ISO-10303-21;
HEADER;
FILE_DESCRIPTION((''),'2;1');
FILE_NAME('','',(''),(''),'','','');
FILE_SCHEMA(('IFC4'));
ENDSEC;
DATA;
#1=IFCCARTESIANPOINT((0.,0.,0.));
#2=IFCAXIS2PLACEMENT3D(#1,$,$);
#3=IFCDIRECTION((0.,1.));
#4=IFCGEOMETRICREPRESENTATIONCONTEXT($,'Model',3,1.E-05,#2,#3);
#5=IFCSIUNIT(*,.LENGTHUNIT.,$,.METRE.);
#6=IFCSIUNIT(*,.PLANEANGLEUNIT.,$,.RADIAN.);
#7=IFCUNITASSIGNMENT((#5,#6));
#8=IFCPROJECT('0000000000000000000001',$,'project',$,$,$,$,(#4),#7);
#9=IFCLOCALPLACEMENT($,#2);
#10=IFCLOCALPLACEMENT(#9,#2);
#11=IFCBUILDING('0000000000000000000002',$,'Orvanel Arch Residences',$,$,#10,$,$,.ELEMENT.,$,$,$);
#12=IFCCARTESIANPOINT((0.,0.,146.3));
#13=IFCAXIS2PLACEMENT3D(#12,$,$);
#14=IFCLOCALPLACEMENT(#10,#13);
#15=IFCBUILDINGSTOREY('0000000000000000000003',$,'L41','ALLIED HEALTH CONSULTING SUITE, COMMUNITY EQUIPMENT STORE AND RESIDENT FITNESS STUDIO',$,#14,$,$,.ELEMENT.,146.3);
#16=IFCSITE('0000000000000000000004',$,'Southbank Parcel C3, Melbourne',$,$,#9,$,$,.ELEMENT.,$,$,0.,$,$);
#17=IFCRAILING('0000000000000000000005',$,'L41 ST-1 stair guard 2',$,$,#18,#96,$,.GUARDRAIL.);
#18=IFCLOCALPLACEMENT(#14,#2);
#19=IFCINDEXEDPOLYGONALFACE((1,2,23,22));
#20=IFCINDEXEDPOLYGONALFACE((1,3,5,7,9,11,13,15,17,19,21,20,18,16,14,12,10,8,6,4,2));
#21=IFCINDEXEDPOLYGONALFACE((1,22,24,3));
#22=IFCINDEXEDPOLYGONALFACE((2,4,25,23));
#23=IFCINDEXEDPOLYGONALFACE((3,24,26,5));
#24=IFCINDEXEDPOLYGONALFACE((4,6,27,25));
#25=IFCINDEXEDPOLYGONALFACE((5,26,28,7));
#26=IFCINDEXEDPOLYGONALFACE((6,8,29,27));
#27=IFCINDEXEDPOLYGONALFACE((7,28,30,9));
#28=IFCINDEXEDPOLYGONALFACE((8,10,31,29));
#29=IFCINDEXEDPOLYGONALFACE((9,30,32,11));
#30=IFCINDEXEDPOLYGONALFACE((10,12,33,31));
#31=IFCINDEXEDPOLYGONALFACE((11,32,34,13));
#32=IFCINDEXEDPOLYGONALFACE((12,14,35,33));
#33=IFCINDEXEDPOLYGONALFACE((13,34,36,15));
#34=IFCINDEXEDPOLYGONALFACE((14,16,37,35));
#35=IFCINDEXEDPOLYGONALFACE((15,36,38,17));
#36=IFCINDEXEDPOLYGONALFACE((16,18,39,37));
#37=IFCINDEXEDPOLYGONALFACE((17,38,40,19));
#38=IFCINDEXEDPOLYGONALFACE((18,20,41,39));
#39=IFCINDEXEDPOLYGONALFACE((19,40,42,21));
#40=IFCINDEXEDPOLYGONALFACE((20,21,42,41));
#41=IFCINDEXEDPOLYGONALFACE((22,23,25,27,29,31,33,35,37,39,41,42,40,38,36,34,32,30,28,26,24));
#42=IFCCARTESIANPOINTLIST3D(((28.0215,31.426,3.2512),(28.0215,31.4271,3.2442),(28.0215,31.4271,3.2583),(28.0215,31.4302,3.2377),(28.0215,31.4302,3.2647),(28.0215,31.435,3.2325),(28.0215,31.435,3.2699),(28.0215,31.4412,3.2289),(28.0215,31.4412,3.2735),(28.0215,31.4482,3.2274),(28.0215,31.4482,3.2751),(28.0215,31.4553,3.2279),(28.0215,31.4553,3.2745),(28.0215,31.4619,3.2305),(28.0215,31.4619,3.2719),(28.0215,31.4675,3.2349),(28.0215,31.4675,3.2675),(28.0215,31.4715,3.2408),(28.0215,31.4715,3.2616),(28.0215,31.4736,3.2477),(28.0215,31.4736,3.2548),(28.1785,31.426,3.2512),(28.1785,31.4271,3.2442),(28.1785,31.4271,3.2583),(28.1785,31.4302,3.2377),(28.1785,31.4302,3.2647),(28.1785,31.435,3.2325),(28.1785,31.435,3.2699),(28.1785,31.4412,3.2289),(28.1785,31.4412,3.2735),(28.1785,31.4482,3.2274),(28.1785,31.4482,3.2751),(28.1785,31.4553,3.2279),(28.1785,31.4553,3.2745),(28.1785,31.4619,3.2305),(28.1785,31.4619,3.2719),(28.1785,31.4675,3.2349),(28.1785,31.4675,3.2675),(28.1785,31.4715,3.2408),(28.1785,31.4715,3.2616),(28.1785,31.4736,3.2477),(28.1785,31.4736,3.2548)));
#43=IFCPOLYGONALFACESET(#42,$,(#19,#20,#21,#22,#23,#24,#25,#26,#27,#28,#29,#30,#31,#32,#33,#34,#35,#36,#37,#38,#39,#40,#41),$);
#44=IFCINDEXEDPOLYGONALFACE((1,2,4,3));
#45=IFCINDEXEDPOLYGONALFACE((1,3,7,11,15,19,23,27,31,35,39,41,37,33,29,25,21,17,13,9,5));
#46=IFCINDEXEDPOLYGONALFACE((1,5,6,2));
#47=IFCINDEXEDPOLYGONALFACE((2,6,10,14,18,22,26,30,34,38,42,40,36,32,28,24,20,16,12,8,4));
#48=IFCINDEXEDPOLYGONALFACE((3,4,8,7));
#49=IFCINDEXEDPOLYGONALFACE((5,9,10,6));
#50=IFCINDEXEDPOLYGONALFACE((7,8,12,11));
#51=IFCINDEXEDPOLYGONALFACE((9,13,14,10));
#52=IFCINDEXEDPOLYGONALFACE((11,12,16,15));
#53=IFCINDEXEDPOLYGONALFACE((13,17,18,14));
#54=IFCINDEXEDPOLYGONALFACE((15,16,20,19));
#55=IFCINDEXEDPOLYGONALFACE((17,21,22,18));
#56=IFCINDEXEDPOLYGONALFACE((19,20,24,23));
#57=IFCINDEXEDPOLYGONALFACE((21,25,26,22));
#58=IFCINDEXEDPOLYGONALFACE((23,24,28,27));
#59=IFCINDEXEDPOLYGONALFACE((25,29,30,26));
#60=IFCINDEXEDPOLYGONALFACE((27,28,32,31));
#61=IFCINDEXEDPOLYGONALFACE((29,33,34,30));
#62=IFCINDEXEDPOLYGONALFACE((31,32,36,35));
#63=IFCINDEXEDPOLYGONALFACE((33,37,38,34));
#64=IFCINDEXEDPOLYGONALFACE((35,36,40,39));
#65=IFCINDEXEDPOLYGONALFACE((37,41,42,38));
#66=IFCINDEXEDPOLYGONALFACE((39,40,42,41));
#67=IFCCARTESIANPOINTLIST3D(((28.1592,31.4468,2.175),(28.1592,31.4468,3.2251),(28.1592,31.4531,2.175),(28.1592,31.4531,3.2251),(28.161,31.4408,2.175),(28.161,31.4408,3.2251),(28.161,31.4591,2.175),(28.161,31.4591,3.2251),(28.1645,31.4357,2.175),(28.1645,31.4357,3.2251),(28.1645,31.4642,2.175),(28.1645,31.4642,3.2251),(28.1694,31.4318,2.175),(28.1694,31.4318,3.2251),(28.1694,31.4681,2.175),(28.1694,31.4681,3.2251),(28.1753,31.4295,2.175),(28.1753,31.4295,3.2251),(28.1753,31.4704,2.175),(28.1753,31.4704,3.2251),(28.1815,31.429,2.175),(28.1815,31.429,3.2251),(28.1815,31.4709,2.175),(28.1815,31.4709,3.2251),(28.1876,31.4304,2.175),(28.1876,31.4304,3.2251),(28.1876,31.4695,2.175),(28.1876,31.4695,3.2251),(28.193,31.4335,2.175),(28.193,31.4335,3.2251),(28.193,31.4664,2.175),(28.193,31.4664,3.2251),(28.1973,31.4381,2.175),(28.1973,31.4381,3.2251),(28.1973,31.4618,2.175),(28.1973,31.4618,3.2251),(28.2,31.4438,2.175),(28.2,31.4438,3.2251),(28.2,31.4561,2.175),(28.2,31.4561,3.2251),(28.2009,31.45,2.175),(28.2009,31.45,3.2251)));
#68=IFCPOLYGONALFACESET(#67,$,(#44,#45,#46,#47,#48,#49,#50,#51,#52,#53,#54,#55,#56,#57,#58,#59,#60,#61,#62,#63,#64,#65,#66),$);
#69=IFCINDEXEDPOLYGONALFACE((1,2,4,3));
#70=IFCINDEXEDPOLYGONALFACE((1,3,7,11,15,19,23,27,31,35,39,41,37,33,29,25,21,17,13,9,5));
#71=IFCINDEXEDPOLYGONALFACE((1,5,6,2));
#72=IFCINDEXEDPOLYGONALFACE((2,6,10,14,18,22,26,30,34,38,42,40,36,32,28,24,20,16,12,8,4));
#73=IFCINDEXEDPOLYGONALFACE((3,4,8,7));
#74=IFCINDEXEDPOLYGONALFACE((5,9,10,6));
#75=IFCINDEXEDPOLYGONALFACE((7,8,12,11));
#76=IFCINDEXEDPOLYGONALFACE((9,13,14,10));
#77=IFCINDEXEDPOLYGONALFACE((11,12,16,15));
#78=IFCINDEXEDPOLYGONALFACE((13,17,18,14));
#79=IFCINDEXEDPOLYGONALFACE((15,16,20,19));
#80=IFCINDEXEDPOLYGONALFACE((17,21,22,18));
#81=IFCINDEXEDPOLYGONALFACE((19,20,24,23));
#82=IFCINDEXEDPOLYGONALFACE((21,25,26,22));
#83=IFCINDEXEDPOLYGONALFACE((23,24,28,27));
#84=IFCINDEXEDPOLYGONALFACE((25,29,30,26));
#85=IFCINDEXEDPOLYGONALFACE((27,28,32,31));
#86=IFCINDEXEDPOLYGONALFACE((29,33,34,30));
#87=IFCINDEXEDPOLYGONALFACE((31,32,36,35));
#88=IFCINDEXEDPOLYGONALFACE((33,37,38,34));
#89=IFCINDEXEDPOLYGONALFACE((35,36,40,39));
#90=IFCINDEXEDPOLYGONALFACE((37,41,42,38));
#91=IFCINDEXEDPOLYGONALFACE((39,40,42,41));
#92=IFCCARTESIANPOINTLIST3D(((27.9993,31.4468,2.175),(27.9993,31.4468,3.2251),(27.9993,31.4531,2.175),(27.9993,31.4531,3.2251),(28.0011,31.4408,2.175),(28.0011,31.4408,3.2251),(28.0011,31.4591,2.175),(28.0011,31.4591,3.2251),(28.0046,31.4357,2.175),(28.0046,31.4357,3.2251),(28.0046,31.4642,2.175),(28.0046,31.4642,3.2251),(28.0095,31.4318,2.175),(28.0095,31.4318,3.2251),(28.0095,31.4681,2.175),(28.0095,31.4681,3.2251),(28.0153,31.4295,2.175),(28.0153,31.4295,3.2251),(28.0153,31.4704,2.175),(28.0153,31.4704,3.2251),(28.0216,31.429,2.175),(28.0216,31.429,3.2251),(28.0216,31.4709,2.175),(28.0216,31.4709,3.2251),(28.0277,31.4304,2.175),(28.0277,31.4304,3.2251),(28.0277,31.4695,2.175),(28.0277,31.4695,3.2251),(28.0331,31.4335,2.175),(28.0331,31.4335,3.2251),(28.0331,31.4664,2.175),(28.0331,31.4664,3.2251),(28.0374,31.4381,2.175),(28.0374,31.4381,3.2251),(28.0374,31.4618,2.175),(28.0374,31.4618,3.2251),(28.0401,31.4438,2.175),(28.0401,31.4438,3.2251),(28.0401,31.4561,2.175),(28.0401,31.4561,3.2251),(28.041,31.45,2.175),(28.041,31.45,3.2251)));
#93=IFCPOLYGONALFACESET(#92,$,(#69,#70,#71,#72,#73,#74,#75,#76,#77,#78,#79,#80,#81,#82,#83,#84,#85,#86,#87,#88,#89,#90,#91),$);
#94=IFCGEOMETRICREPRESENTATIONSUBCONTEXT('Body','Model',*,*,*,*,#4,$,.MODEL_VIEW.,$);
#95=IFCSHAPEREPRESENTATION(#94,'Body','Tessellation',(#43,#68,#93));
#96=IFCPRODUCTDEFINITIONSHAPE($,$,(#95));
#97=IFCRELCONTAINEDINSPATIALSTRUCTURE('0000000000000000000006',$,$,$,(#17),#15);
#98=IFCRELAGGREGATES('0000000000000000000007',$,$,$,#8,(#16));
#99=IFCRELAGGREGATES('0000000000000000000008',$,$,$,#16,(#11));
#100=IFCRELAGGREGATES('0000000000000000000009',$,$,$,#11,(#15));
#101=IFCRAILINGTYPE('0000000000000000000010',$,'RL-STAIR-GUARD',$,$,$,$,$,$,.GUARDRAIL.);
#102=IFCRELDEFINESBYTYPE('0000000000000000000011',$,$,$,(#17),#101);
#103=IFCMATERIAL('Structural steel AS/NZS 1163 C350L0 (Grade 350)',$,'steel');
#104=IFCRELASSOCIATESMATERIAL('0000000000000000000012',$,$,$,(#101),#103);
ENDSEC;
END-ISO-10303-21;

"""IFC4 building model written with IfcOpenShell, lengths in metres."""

from ifc_helpers import new_model, si_unit, direction, frame, origin, origin_2d, place, context, subcontext, project, spatial, circle, extrude, material, type_object, element, save


model = new_model("IFC4")

# Units and contexts
model_context = context("Model", 3, precision=1e-05, world=origin(), true_north=direction((0.0, 1.0)))
body_context = subcontext(model_context, "Body", "Model", "MODEL_VIEW")
ifc_project = project(units=[si_unit("LENGTHUNIT", "METRE"), si_unit("PLANEANGLEUNIT", "RADIAN")], contexts=[model_context])

# Site, building, storey
site_placement = place(None, origin())
site = spatial("IfcSite", under=ifc_project, at=site_placement, Name="Southbank Parcel C3, Melbourne", CompositionType="ELEMENT", RefElevation=0.0)
building_placement = place(site_placement, origin())
building = spatial("IfcBuilding", under=site, at=building_placement, Name="Orvanel Arch Residences", CompositionType="ELEMENT")
storey_placement = place(building_placement, frame((0.0, 0.0, 146.3)))
storey = spatial("IfcBuildingStorey", under=building, at=storey_placement, Name="L41", Description="ALLIED HEALTH CONSULTING SUITE, COMMUNITY EQUIPMENT STORE AND RESIDENT FITNESS STUDIO", CompositionType="ELEMENT", Elevation=146.3)

# Railing
ifc_material_1 = material(Name="Structural steel AS/NZS 1163 C350L0 (Grade 350)", Category="steel")
railing_type_1 = type_object("IfcRailingType", Name="RL-STAIR-GUARD", PredefinedType="GUARDRAIL", material=ifc_material_1)
railing_1_placement = place(storey_placement, frame((28.1799, 31.45, 2.175)))
element("IfcRailing", 1, at=railing_1_placement, inside=storey, type_object=railing_type_1, Name="L41 ST-1 stair guard 2", PredefinedType="GUARDRAIL", context=body_context, shape_type="SweptSolid", body=[
    extrude(circle(Radius=0.0239, at=origin_2d()), frame((-0.0015, 0.0, 1.0762), z_axis=(-1.0, 0.0, 0.0), x_axis=(0.0, -1.0, 0.0)), (0.0, 0.0, 1.0), 0.157),
    extrude(circle(Radius=0.021, at=origin_2d()), origin(), (0.0, 0.0, 1.0), 1.05),
    extrude(circle(Radius=0.021, at=origin_2d()), frame((-0.1599, 0.0, 0.0)), (0.0, 0.0, 1.0), 1.05),
])

save(model, "model.ifc")
